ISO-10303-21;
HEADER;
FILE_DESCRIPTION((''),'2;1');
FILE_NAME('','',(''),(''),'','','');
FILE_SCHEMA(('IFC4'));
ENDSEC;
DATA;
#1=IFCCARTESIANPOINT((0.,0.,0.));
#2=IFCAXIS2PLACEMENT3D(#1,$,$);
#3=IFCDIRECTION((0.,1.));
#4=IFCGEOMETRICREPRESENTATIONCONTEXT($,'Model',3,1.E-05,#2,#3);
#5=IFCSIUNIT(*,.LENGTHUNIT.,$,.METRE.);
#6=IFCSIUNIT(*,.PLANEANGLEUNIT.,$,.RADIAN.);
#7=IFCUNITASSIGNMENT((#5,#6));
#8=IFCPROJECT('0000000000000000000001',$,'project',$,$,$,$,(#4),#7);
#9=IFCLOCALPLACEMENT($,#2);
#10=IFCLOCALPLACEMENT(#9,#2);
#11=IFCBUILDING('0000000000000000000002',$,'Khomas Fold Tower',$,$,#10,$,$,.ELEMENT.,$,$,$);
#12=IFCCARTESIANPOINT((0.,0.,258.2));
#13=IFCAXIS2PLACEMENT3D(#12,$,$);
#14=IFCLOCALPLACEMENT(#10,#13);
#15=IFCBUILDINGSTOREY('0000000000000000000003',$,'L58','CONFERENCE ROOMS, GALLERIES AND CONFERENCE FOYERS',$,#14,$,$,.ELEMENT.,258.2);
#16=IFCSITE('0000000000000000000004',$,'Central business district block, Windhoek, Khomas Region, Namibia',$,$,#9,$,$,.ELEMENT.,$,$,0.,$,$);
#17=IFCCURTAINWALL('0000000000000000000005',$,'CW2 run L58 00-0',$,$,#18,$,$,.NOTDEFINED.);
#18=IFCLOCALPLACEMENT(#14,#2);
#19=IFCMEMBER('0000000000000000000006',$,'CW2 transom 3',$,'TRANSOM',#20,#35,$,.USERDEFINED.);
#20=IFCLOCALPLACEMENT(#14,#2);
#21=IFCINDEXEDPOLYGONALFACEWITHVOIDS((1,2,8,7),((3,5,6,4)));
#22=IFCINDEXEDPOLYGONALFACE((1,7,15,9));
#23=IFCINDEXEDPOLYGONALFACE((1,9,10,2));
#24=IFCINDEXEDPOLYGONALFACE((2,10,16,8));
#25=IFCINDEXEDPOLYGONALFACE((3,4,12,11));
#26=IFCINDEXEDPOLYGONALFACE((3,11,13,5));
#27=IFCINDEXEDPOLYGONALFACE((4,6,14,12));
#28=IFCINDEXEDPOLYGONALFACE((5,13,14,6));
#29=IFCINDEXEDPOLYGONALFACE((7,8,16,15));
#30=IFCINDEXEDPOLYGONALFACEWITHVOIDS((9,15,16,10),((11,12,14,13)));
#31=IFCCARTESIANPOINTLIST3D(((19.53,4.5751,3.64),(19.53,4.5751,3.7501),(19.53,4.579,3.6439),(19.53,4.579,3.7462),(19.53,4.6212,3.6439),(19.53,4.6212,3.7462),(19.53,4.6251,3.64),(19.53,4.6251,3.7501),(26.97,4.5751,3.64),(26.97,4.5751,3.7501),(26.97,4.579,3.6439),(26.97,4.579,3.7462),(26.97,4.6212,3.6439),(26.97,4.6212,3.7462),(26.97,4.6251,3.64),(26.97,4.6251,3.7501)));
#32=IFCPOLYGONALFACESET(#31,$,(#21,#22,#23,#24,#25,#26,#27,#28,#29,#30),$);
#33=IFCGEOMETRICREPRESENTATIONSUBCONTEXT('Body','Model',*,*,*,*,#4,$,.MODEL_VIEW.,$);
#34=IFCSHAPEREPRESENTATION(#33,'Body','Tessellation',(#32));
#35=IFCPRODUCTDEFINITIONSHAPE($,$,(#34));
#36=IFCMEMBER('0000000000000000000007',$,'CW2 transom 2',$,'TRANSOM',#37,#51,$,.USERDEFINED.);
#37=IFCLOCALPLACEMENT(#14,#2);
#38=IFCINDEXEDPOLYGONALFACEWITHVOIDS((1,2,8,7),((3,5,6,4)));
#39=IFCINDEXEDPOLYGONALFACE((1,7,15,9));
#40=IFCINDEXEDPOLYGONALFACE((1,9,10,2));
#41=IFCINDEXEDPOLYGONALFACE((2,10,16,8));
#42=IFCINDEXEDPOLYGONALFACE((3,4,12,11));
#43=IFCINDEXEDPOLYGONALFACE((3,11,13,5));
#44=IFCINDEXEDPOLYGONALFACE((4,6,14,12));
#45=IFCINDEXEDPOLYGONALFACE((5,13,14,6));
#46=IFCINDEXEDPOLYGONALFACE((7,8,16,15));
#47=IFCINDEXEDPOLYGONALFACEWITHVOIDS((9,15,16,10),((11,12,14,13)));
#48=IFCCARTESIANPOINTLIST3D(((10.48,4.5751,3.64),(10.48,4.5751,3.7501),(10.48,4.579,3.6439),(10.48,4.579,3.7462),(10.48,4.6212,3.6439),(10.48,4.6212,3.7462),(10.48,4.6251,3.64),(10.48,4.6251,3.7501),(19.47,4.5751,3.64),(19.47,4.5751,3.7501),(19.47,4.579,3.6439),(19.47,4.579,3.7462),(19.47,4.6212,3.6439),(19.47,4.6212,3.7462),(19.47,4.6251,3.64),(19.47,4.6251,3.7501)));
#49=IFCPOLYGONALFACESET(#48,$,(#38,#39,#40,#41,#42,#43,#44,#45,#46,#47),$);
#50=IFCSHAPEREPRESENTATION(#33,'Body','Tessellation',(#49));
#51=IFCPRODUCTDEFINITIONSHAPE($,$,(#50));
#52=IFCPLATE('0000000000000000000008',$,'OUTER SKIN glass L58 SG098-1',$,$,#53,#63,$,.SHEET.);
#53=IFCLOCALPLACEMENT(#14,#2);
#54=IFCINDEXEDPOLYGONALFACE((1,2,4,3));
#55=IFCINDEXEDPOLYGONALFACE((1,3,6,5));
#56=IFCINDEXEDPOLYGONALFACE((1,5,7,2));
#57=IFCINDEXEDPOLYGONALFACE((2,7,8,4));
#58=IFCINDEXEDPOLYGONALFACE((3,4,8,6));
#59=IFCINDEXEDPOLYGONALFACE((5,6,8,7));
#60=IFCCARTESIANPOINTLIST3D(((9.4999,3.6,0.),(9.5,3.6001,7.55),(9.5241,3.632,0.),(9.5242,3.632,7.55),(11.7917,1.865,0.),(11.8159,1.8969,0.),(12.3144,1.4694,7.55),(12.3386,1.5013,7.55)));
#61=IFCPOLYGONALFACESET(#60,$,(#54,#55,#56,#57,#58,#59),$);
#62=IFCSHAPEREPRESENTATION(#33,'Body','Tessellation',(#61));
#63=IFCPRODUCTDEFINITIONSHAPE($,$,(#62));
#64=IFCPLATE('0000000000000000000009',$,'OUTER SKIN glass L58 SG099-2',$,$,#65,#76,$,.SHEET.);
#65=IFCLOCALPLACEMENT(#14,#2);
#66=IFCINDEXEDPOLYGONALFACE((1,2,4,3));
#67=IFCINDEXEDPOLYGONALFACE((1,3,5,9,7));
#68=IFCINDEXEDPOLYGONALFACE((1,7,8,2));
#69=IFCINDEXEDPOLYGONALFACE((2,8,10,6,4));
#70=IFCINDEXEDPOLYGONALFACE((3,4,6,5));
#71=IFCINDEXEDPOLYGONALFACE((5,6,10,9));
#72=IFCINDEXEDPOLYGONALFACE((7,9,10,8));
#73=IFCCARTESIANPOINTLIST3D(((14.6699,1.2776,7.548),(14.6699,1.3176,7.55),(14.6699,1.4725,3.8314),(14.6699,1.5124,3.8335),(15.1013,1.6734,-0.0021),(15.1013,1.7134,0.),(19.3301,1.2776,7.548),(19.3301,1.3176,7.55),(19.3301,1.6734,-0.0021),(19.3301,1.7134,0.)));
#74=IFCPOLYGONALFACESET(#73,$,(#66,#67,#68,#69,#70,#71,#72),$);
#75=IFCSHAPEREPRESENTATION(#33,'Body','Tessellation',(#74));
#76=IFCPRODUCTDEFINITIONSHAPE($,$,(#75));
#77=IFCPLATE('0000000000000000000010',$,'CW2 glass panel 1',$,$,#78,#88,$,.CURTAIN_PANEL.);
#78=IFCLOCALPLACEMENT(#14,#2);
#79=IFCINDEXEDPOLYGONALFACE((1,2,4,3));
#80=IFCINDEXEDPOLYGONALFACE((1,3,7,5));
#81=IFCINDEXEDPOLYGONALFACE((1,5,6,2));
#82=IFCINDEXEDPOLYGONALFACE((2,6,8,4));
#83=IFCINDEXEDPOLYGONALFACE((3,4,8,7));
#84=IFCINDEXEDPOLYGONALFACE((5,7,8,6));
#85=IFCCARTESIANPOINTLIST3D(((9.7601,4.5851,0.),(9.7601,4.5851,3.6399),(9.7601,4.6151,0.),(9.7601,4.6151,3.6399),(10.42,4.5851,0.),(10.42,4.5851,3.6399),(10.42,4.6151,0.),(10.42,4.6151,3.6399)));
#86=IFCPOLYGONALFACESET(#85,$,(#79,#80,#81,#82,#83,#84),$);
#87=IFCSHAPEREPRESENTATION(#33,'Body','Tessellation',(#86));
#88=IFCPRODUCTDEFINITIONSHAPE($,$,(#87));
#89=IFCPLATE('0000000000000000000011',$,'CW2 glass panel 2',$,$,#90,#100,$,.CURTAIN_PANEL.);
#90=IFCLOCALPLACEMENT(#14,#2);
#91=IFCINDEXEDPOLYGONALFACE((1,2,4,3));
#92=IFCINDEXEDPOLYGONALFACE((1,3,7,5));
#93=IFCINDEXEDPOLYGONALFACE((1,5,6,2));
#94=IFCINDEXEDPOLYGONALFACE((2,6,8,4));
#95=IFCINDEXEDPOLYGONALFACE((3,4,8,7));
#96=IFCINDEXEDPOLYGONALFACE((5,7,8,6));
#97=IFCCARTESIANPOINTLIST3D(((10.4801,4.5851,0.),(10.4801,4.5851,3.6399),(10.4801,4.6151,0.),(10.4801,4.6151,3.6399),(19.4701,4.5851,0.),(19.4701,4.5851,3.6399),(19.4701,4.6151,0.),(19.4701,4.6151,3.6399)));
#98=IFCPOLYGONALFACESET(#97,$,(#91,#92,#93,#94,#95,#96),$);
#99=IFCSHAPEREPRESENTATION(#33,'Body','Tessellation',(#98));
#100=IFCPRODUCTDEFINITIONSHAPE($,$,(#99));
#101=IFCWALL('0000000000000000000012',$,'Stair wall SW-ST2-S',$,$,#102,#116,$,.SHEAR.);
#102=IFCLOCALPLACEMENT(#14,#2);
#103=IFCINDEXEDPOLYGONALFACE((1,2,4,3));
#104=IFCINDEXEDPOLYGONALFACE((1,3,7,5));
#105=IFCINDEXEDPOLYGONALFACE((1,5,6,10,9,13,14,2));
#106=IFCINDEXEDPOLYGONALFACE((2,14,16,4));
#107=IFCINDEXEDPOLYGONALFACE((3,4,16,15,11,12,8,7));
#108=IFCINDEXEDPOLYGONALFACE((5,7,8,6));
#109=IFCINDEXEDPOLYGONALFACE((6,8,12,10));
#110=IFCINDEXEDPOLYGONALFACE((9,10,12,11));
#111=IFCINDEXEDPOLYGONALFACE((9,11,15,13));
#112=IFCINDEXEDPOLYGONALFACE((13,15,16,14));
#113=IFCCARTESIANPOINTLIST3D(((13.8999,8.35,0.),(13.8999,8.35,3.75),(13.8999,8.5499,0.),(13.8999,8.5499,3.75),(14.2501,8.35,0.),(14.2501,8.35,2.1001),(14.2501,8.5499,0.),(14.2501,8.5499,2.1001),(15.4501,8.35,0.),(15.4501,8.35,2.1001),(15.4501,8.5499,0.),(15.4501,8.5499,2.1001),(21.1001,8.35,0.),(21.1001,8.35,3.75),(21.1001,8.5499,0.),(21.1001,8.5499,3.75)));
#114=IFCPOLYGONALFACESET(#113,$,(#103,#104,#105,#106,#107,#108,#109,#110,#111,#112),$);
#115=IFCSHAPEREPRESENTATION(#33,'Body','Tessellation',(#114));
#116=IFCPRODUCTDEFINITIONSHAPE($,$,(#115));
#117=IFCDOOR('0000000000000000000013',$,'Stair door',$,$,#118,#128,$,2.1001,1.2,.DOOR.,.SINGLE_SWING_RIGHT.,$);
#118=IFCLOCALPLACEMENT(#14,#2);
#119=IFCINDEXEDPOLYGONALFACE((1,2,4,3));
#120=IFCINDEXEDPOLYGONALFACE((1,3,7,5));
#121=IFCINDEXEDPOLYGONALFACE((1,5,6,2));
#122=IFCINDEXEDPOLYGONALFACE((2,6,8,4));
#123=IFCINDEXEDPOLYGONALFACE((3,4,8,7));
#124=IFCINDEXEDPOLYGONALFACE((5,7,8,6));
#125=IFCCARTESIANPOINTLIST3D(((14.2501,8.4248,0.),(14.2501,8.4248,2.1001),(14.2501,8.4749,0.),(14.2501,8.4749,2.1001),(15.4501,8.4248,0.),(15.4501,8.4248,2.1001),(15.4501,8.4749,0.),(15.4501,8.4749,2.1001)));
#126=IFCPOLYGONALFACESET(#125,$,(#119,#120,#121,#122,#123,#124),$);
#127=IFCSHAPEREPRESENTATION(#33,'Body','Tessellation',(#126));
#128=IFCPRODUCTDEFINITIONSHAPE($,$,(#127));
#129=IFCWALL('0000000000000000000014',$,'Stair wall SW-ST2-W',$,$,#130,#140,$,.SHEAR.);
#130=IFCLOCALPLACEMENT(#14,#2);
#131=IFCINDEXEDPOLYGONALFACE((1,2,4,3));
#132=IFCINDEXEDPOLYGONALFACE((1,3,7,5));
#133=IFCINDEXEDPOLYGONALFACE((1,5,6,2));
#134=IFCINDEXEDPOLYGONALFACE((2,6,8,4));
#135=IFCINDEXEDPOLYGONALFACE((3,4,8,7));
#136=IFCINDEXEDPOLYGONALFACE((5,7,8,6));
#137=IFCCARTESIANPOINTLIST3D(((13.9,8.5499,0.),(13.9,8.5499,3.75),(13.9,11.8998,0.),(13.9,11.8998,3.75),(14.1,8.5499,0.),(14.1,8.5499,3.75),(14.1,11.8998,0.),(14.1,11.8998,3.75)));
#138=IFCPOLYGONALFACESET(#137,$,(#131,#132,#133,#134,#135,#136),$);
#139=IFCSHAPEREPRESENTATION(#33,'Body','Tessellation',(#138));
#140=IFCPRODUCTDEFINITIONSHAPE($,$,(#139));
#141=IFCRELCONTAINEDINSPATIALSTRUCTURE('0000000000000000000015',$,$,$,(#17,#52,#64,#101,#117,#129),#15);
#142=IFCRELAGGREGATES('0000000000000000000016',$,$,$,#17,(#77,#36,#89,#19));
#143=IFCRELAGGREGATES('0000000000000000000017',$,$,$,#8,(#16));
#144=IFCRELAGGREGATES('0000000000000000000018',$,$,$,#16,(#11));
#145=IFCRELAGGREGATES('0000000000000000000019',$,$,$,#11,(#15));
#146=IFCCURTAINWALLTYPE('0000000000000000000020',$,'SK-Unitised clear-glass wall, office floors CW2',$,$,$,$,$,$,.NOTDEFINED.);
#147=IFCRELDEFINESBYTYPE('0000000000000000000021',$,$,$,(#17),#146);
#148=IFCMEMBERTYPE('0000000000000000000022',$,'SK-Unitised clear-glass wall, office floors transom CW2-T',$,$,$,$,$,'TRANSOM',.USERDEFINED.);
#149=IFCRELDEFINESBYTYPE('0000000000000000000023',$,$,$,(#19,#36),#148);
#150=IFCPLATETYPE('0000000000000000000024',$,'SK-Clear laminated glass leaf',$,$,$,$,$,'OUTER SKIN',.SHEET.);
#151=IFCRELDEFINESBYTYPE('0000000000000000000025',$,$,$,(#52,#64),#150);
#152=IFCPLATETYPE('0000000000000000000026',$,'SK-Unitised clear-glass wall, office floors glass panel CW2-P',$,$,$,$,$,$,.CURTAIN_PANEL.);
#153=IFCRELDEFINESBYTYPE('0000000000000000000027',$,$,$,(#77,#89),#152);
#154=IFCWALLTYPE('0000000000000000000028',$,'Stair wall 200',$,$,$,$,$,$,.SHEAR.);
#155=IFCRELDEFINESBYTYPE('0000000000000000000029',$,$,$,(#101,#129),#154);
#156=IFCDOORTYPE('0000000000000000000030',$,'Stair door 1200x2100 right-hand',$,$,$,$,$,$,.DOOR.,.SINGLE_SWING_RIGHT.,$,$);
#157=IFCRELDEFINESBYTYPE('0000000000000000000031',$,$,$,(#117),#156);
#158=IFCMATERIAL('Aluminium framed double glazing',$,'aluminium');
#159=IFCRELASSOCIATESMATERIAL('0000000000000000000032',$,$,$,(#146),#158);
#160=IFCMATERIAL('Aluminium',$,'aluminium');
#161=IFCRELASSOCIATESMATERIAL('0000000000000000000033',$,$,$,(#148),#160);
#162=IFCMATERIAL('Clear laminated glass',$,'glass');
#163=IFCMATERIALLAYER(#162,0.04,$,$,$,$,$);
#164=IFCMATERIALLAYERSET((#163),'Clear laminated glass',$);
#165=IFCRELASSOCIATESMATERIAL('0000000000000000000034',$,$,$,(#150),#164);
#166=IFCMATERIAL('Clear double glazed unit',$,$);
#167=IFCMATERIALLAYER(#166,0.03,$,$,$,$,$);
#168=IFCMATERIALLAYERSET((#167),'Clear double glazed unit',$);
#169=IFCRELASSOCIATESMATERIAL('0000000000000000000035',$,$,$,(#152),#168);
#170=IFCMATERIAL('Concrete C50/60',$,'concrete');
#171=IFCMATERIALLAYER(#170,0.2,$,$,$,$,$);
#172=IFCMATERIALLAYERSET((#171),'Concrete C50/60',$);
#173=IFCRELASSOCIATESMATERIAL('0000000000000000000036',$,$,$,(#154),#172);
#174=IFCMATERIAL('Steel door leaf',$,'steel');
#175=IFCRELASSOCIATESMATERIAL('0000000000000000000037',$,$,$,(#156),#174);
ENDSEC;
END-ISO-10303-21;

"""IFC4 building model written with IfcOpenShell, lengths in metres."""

from ifc_helpers import new_model, si_unit, direction, frame, frame_2d, origin, origin_2d, place, context, subcontext, project, spatial, polyline, rectangle, hollow_rectangle, outline, extrude, source, transform, mapped, material, layer, layer_set, material_profile, profile_set, type_object, element, fill, aggregate, save


model = new_model("IFC4")

# Units and contexts
model_context = context("Model", 3, precision=1e-05, world=origin(), true_north=direction((0.0, 1.0)))
body_context = subcontext(model_context, "Body", "Model", "MODEL_VIEW")
ifc_project = project(units=[si_unit("LENGTHUNIT", "METRE"), si_unit("PLANEANGLEUNIT", "RADIAN")], contexts=[model_context])

# Site, building, storey
site_placement = place(None, origin())
site = spatial("IfcSite", under=ifc_project, at=site_placement, Name="Central business district block, Windhoek, Khomas Region, Namibia", CompositionType="ELEMENT", RefElevation=0.0)
building_placement = place(site_placement, origin())
building = spatial("IfcBuilding", under=site, at=building_placement, Name="Khomas Fold Tower", CompositionType="ELEMENT")
storey_placement = place(building_placement, frame((0.0, 0.0, 258.2)))
storey = spatial("IfcBuildingStorey", under=building, at=storey_placement, Name="L58", Description="CONFERENCE ROOMS, GALLERIES AND CONFERENCE FOYERS", CompositionType="ELEMENT", Elevation=258.2)

# Curtain wall, members
ifc_material_1 = material(Name="Aluminium framed double glazing", Category="aluminium")
curtain_wall_type = type_object("IfcCurtainWallType", Name="SK-Unitised clear-glass wall, office floors CW2", PredefinedType="NOTDEFINED", material=ifc_material_1)
curtain_wall_placement = place(storey_placement, origin())
curtain_wall = element("IfcCurtainWall", 1, at=curtain_wall_placement, inside=storey, type_object=curtain_wall_type, Name="CW2 run L58 00-0", PredefinedType="NOTDEFINED")
ifc_material_2 = material(Name="Aluminium", Category="aluminium")
ifc_material_profile_1 = material_profile(ifc_material_2, hollow_rectangle(XDim=0.05, YDim=0.1101, WallThickness=0.0039, at=origin_2d()), Name="SK-Unitised clear-glass wall, office floors transom CW2-T")
ifc_profile_set_1 = profile_set([ifc_material_profile_1], Name="Aluminium")
member_type_1 = type_object("IfcMemberType", Name="SK-Unitised clear-glass wall, office floors transom CW2-T", ElementType="TRANSOM", PredefinedType="USERDEFINED", material=ifc_profile_set_1)
shared_shape_1 = source(origin(), body_context, "Body", "SweptSolid", [
    extrude(hollow_rectangle(XDim=0.05, YDim=0.1101, WallThickness=0.0039, at=origin_2d()), origin(), (0.0, 0.0, 1.0), 7.4399),
])
member_1_placement = place(storey_placement, frame((19.53, 4.6001, 3.6951), z_axis=(1.0, 0.0, 0.0), x_axis=(0.0, 1.0, 0.0)))
member_1 = element("IfcMember", 2, at=member_1_placement, type_object=member_type_1, Name="CW2 transom 3", ObjectType="TRANSOM", PredefinedType="USERDEFINED", context=body_context, shape_type="MappedRepresentation", body=[
    mapped(shared_shape_1, transform((0.0, 0.0, 0.0))),
])
shared_shape_2 = source(origin(), body_context, "Body", "SweptSolid", [
    extrude(hollow_rectangle(XDim=0.05, YDim=0.1101, WallThickness=0.0039, at=origin_2d()), origin(), (0.0, 0.0, 1.0), 8.99),
])
member_2_placement = place(storey_placement, frame((10.48, 4.6001, 3.6951), z_axis=(1.0, 0.0, 0.0), x_axis=(0.0, 1.0, 0.0)))
member_2 = element("IfcMember", 3, at=member_2_placement, type_object=member_type_1, Name="CW2 transom 2", ObjectType="TRANSOM", PredefinedType="USERDEFINED", context=body_context, shape_type="MappedRepresentation", body=[
    mapped(shared_shape_2, transform((0.0, 0.0, 0.0))),
])

# Plates
ifc_material_3 = material(Name="Clear laminated glass", Category="glass")
ifc_layer_1 = layer(ifc_material_3, 0.04)
ifc_layer_set_1 = layer_set([ifc_layer_1], Name="Clear laminated glass")
plate_type_1 = type_object("IfcPlateType", Name="SK-Clear laminated glass leaf", ElementType="OUTER SKIN", PredefinedType="SHEET", material=ifc_layer_set_1)
plate_1_placement = place(storey_placement, frame((11.7917, 1.865, 0.0), z_axis=(-0.603599, -0.797288, 0.000011), x_axis=(-0.797288, 0.603599, 0.0)))
element("IfcPlate", 4, at=plate_1_placement, inside=storey, type_object=plate_type_1, Name="OUTER SKIN glass L58 SG098-1", PredefinedType="SHEET", context=body_context, shape_type="SweptSolid", body=[
    extrude(outline(polyline([(0.0, 0.0), (2.8745, 0.0), (2.8745, -7.55), (-0.6555, -7.55), (0.0, 0.0)])), origin(), (0.0, 0.0, -1.0), 0.04),
])
plate_2_placement = place(storey_placement, frame((15.1013, 1.7134, 0.0), z_axis=(0.000001, 0.998629, 0.052345), x_axis=(-0.111676, -0.052018, 0.992382)))
element("IfcPlate", 5, at=plate_2_placement, inside=storey, type_object=plate_type_1, Name="OUTER SKIN glass L58 SG099-2", PredefinedType="SHEET", context=body_context, shape_type="SweptSolid", body=[
    extrude(outline(polyline([(0.0, 0.0), (3.8629, 0.0), (7.5613, 0.4156), (7.0409, 5.0466), (-0.4723, 4.2023), (0.0, 0.0)])), origin(), (0.0, 0.0, -1.0), 0.04),
])

# Plates
ifc_material_4 = material(Name="Clear double glazed unit")
ifc_layer_2 = layer(ifc_material_4, 0.03)
ifc_layer_set_2 = layer_set([ifc_layer_2], Name="Clear double glazed unit")
plate_type_2 = type_object("IfcPlateType", Name="SK-Unitised clear-glass wall, office floors glass panel CW2-P", PredefinedType="CURTAIN_PANEL", material=ifc_layer_set_2)
shared_shape_3 = source(origin(), body_context, "Body", "SweptSolid", [
    extrude(rectangle(XDim=0.6599, YDim=0.03, at=origin_2d()), origin(), (0.0, 0.0, 1.0), 3.6399),
])
plate_3_placement = place(storey_placement, frame((10.0901, 4.6001, 0.0), z_axis=(0.0, 0.0, 1.0), x_axis=(1.0, 0.0, 0.0)))
plate_3 = element("IfcPlate", 6, at=plate_3_placement, type_object=plate_type_2, Name="CW2 glass panel 1", PredefinedType="CURTAIN_PANEL", context=body_context, shape_type="MappedRepresentation", body=[
    mapped(shared_shape_3, transform((0.0, 0.0, 0.0))),
])
shared_shape_4 = source(origin(), body_context, "Body", "SweptSolid", [
    extrude(rectangle(XDim=8.99, YDim=0.03, at=origin_2d()), origin(), (0.0, 0.0, 1.0), 3.6399),
])
plate_4_placement = place(storey_placement, frame((14.9751, 4.6001, 0.0), z_axis=(0.0, 0.0, 1.0), x_axis=(1.0, 0.0, 0.0)))
plate_4 = element("IfcPlate", 7, at=plate_4_placement, type_object=plate_type_2, Name="CW2 glass panel 2", PredefinedType="CURTAIN_PANEL", context=body_context, shape_type="MappedRepresentation", body=[
    mapped(shared_shape_4, transform((0.0, 0.0, 0.0))),
])
aggregate(curtain_wall, [plate_3, member_2, plate_4, member_1])

# Wall, opening, door
ifc_material_5 = material(Name="Concrete C50/60", Category="concrete")
ifc_layer_3 = layer(ifc_material_5, 0.2)
ifc_layer_set_3 = layer_set([ifc_layer_3], Name="Concrete C50/60")
wall_type = type_object("IfcWallType", Name="Stair wall 200", PredefinedType="SHEAR", material=ifc_layer_set_3)
shared_shape_5 = source(origin(), body_context, "Body", "SweptSolid", [
    extrude(rectangle(XDim=7.2002, YDim=0.2, at=frame_2d((3.6001, 0.0))), origin(), (0.0, 0.0, 1.0), 3.75),
])
wall_1_placement = place(storey_placement, frame((13.8999, 8.45, 0.0), z_axis=(0.0, 0.0, 1.0), x_axis=(1.0, 0.0, 0.0)))
wall_1 = element("IfcWall", 8, at=wall_1_placement, inside=storey, type_object=wall_type, Name="Stair wall SW-ST2-S", PredefinedType="SHEAR", context=body_context, shape_type="MappedRepresentation", body=[
    mapped(shared_shape_5, transform((0.0, 0.0, 0.0))),
])
shared_shape_6 = source(origin(), body_context, "Body", "SweptSolid", [
    extrude(rectangle(XDim=1.2, YDim=2.1001, at=frame_2d((0.6001, 1.05))), frame((0.0, 0.1099, 0.0), z_axis=(0.0, -1.0, 0.0), x_axis=(1.0, 0.0, 0.0)), (0.0, 0.0, 1.0), 0.22),
])
opening_placement = place(wall_1_placement, frame((0.3501, 0.0, 0.0)))
opening = element("IfcOpeningElement", 9, at=opening_placement, cuts=wall_1, PredefinedType="OPENING", context=body_context, shape_type="MappedRepresentation", body=[
    mapped(shared_shape_6, transform((0.0, 0.0, 0.0))),
])
ifc_material_6 = material(Name="Steel door leaf", Category="steel")
door_type = type_object("IfcDoorType", Name="Stair door 1200x2100 right-hand", OperationType="SINGLE_SWING_RIGHT", PredefinedType="DOOR", material=ifc_material_6)
shared_shape_7 = source(origin(), body_context, "Body", "SweptSolid", [
    extrude(rectangle(XDim=1.2, YDim=2.1001, at=frame_2d((0.6001, 1.05))), frame((0.0, 0.0249, 0.0), z_axis=(0.0, -1.0, 0.0), x_axis=(1.0, 0.0, 0.0)), (0.0, 0.0, 1.0), 0.05),
])
door_placement = place(opening_placement, origin())
door = element("IfcDoor", 10, at=door_placement, inside=storey, type_object=door_type, Name="Stair door", OperationType="SINGLE_SWING_RIGHT", OverallHeight=2.1001, OverallWidth=1.2, PredefinedType="DOOR", context=body_context, shape_type="MappedRepresentation", body=[
    mapped(shared_shape_7, transform((0.0, 0.0, 0.0))),
])
fill(opening, door)

# Wall
shared_shape_8 = source(origin(), body_context, "Body", "SweptSolid", [
    extrude(rectangle(XDim=3.3499, YDim=0.2, at=frame_2d((1.6748, 0.0))), origin(), (0.0, 0.0, 1.0), 3.75),
])
wall_2_placement = place(storey_placement, frame((14.0, 8.55, 0.0), z_axis=(0.0, 0.0, 1.0), x_axis=(0.0, 1.0, 0.0)))
element("IfcWall", 11, at=wall_2_placement, inside=storey, type_object=wall_type, Name="Stair wall SW-ST2-W", PredefinedType="SHEAR", context=body_context, shape_type="MappedRepresentation", body=[
    mapped(shared_shape_8, transform((0.0, 0.0, 0.0))),
])

save(model, "model.ifc")
